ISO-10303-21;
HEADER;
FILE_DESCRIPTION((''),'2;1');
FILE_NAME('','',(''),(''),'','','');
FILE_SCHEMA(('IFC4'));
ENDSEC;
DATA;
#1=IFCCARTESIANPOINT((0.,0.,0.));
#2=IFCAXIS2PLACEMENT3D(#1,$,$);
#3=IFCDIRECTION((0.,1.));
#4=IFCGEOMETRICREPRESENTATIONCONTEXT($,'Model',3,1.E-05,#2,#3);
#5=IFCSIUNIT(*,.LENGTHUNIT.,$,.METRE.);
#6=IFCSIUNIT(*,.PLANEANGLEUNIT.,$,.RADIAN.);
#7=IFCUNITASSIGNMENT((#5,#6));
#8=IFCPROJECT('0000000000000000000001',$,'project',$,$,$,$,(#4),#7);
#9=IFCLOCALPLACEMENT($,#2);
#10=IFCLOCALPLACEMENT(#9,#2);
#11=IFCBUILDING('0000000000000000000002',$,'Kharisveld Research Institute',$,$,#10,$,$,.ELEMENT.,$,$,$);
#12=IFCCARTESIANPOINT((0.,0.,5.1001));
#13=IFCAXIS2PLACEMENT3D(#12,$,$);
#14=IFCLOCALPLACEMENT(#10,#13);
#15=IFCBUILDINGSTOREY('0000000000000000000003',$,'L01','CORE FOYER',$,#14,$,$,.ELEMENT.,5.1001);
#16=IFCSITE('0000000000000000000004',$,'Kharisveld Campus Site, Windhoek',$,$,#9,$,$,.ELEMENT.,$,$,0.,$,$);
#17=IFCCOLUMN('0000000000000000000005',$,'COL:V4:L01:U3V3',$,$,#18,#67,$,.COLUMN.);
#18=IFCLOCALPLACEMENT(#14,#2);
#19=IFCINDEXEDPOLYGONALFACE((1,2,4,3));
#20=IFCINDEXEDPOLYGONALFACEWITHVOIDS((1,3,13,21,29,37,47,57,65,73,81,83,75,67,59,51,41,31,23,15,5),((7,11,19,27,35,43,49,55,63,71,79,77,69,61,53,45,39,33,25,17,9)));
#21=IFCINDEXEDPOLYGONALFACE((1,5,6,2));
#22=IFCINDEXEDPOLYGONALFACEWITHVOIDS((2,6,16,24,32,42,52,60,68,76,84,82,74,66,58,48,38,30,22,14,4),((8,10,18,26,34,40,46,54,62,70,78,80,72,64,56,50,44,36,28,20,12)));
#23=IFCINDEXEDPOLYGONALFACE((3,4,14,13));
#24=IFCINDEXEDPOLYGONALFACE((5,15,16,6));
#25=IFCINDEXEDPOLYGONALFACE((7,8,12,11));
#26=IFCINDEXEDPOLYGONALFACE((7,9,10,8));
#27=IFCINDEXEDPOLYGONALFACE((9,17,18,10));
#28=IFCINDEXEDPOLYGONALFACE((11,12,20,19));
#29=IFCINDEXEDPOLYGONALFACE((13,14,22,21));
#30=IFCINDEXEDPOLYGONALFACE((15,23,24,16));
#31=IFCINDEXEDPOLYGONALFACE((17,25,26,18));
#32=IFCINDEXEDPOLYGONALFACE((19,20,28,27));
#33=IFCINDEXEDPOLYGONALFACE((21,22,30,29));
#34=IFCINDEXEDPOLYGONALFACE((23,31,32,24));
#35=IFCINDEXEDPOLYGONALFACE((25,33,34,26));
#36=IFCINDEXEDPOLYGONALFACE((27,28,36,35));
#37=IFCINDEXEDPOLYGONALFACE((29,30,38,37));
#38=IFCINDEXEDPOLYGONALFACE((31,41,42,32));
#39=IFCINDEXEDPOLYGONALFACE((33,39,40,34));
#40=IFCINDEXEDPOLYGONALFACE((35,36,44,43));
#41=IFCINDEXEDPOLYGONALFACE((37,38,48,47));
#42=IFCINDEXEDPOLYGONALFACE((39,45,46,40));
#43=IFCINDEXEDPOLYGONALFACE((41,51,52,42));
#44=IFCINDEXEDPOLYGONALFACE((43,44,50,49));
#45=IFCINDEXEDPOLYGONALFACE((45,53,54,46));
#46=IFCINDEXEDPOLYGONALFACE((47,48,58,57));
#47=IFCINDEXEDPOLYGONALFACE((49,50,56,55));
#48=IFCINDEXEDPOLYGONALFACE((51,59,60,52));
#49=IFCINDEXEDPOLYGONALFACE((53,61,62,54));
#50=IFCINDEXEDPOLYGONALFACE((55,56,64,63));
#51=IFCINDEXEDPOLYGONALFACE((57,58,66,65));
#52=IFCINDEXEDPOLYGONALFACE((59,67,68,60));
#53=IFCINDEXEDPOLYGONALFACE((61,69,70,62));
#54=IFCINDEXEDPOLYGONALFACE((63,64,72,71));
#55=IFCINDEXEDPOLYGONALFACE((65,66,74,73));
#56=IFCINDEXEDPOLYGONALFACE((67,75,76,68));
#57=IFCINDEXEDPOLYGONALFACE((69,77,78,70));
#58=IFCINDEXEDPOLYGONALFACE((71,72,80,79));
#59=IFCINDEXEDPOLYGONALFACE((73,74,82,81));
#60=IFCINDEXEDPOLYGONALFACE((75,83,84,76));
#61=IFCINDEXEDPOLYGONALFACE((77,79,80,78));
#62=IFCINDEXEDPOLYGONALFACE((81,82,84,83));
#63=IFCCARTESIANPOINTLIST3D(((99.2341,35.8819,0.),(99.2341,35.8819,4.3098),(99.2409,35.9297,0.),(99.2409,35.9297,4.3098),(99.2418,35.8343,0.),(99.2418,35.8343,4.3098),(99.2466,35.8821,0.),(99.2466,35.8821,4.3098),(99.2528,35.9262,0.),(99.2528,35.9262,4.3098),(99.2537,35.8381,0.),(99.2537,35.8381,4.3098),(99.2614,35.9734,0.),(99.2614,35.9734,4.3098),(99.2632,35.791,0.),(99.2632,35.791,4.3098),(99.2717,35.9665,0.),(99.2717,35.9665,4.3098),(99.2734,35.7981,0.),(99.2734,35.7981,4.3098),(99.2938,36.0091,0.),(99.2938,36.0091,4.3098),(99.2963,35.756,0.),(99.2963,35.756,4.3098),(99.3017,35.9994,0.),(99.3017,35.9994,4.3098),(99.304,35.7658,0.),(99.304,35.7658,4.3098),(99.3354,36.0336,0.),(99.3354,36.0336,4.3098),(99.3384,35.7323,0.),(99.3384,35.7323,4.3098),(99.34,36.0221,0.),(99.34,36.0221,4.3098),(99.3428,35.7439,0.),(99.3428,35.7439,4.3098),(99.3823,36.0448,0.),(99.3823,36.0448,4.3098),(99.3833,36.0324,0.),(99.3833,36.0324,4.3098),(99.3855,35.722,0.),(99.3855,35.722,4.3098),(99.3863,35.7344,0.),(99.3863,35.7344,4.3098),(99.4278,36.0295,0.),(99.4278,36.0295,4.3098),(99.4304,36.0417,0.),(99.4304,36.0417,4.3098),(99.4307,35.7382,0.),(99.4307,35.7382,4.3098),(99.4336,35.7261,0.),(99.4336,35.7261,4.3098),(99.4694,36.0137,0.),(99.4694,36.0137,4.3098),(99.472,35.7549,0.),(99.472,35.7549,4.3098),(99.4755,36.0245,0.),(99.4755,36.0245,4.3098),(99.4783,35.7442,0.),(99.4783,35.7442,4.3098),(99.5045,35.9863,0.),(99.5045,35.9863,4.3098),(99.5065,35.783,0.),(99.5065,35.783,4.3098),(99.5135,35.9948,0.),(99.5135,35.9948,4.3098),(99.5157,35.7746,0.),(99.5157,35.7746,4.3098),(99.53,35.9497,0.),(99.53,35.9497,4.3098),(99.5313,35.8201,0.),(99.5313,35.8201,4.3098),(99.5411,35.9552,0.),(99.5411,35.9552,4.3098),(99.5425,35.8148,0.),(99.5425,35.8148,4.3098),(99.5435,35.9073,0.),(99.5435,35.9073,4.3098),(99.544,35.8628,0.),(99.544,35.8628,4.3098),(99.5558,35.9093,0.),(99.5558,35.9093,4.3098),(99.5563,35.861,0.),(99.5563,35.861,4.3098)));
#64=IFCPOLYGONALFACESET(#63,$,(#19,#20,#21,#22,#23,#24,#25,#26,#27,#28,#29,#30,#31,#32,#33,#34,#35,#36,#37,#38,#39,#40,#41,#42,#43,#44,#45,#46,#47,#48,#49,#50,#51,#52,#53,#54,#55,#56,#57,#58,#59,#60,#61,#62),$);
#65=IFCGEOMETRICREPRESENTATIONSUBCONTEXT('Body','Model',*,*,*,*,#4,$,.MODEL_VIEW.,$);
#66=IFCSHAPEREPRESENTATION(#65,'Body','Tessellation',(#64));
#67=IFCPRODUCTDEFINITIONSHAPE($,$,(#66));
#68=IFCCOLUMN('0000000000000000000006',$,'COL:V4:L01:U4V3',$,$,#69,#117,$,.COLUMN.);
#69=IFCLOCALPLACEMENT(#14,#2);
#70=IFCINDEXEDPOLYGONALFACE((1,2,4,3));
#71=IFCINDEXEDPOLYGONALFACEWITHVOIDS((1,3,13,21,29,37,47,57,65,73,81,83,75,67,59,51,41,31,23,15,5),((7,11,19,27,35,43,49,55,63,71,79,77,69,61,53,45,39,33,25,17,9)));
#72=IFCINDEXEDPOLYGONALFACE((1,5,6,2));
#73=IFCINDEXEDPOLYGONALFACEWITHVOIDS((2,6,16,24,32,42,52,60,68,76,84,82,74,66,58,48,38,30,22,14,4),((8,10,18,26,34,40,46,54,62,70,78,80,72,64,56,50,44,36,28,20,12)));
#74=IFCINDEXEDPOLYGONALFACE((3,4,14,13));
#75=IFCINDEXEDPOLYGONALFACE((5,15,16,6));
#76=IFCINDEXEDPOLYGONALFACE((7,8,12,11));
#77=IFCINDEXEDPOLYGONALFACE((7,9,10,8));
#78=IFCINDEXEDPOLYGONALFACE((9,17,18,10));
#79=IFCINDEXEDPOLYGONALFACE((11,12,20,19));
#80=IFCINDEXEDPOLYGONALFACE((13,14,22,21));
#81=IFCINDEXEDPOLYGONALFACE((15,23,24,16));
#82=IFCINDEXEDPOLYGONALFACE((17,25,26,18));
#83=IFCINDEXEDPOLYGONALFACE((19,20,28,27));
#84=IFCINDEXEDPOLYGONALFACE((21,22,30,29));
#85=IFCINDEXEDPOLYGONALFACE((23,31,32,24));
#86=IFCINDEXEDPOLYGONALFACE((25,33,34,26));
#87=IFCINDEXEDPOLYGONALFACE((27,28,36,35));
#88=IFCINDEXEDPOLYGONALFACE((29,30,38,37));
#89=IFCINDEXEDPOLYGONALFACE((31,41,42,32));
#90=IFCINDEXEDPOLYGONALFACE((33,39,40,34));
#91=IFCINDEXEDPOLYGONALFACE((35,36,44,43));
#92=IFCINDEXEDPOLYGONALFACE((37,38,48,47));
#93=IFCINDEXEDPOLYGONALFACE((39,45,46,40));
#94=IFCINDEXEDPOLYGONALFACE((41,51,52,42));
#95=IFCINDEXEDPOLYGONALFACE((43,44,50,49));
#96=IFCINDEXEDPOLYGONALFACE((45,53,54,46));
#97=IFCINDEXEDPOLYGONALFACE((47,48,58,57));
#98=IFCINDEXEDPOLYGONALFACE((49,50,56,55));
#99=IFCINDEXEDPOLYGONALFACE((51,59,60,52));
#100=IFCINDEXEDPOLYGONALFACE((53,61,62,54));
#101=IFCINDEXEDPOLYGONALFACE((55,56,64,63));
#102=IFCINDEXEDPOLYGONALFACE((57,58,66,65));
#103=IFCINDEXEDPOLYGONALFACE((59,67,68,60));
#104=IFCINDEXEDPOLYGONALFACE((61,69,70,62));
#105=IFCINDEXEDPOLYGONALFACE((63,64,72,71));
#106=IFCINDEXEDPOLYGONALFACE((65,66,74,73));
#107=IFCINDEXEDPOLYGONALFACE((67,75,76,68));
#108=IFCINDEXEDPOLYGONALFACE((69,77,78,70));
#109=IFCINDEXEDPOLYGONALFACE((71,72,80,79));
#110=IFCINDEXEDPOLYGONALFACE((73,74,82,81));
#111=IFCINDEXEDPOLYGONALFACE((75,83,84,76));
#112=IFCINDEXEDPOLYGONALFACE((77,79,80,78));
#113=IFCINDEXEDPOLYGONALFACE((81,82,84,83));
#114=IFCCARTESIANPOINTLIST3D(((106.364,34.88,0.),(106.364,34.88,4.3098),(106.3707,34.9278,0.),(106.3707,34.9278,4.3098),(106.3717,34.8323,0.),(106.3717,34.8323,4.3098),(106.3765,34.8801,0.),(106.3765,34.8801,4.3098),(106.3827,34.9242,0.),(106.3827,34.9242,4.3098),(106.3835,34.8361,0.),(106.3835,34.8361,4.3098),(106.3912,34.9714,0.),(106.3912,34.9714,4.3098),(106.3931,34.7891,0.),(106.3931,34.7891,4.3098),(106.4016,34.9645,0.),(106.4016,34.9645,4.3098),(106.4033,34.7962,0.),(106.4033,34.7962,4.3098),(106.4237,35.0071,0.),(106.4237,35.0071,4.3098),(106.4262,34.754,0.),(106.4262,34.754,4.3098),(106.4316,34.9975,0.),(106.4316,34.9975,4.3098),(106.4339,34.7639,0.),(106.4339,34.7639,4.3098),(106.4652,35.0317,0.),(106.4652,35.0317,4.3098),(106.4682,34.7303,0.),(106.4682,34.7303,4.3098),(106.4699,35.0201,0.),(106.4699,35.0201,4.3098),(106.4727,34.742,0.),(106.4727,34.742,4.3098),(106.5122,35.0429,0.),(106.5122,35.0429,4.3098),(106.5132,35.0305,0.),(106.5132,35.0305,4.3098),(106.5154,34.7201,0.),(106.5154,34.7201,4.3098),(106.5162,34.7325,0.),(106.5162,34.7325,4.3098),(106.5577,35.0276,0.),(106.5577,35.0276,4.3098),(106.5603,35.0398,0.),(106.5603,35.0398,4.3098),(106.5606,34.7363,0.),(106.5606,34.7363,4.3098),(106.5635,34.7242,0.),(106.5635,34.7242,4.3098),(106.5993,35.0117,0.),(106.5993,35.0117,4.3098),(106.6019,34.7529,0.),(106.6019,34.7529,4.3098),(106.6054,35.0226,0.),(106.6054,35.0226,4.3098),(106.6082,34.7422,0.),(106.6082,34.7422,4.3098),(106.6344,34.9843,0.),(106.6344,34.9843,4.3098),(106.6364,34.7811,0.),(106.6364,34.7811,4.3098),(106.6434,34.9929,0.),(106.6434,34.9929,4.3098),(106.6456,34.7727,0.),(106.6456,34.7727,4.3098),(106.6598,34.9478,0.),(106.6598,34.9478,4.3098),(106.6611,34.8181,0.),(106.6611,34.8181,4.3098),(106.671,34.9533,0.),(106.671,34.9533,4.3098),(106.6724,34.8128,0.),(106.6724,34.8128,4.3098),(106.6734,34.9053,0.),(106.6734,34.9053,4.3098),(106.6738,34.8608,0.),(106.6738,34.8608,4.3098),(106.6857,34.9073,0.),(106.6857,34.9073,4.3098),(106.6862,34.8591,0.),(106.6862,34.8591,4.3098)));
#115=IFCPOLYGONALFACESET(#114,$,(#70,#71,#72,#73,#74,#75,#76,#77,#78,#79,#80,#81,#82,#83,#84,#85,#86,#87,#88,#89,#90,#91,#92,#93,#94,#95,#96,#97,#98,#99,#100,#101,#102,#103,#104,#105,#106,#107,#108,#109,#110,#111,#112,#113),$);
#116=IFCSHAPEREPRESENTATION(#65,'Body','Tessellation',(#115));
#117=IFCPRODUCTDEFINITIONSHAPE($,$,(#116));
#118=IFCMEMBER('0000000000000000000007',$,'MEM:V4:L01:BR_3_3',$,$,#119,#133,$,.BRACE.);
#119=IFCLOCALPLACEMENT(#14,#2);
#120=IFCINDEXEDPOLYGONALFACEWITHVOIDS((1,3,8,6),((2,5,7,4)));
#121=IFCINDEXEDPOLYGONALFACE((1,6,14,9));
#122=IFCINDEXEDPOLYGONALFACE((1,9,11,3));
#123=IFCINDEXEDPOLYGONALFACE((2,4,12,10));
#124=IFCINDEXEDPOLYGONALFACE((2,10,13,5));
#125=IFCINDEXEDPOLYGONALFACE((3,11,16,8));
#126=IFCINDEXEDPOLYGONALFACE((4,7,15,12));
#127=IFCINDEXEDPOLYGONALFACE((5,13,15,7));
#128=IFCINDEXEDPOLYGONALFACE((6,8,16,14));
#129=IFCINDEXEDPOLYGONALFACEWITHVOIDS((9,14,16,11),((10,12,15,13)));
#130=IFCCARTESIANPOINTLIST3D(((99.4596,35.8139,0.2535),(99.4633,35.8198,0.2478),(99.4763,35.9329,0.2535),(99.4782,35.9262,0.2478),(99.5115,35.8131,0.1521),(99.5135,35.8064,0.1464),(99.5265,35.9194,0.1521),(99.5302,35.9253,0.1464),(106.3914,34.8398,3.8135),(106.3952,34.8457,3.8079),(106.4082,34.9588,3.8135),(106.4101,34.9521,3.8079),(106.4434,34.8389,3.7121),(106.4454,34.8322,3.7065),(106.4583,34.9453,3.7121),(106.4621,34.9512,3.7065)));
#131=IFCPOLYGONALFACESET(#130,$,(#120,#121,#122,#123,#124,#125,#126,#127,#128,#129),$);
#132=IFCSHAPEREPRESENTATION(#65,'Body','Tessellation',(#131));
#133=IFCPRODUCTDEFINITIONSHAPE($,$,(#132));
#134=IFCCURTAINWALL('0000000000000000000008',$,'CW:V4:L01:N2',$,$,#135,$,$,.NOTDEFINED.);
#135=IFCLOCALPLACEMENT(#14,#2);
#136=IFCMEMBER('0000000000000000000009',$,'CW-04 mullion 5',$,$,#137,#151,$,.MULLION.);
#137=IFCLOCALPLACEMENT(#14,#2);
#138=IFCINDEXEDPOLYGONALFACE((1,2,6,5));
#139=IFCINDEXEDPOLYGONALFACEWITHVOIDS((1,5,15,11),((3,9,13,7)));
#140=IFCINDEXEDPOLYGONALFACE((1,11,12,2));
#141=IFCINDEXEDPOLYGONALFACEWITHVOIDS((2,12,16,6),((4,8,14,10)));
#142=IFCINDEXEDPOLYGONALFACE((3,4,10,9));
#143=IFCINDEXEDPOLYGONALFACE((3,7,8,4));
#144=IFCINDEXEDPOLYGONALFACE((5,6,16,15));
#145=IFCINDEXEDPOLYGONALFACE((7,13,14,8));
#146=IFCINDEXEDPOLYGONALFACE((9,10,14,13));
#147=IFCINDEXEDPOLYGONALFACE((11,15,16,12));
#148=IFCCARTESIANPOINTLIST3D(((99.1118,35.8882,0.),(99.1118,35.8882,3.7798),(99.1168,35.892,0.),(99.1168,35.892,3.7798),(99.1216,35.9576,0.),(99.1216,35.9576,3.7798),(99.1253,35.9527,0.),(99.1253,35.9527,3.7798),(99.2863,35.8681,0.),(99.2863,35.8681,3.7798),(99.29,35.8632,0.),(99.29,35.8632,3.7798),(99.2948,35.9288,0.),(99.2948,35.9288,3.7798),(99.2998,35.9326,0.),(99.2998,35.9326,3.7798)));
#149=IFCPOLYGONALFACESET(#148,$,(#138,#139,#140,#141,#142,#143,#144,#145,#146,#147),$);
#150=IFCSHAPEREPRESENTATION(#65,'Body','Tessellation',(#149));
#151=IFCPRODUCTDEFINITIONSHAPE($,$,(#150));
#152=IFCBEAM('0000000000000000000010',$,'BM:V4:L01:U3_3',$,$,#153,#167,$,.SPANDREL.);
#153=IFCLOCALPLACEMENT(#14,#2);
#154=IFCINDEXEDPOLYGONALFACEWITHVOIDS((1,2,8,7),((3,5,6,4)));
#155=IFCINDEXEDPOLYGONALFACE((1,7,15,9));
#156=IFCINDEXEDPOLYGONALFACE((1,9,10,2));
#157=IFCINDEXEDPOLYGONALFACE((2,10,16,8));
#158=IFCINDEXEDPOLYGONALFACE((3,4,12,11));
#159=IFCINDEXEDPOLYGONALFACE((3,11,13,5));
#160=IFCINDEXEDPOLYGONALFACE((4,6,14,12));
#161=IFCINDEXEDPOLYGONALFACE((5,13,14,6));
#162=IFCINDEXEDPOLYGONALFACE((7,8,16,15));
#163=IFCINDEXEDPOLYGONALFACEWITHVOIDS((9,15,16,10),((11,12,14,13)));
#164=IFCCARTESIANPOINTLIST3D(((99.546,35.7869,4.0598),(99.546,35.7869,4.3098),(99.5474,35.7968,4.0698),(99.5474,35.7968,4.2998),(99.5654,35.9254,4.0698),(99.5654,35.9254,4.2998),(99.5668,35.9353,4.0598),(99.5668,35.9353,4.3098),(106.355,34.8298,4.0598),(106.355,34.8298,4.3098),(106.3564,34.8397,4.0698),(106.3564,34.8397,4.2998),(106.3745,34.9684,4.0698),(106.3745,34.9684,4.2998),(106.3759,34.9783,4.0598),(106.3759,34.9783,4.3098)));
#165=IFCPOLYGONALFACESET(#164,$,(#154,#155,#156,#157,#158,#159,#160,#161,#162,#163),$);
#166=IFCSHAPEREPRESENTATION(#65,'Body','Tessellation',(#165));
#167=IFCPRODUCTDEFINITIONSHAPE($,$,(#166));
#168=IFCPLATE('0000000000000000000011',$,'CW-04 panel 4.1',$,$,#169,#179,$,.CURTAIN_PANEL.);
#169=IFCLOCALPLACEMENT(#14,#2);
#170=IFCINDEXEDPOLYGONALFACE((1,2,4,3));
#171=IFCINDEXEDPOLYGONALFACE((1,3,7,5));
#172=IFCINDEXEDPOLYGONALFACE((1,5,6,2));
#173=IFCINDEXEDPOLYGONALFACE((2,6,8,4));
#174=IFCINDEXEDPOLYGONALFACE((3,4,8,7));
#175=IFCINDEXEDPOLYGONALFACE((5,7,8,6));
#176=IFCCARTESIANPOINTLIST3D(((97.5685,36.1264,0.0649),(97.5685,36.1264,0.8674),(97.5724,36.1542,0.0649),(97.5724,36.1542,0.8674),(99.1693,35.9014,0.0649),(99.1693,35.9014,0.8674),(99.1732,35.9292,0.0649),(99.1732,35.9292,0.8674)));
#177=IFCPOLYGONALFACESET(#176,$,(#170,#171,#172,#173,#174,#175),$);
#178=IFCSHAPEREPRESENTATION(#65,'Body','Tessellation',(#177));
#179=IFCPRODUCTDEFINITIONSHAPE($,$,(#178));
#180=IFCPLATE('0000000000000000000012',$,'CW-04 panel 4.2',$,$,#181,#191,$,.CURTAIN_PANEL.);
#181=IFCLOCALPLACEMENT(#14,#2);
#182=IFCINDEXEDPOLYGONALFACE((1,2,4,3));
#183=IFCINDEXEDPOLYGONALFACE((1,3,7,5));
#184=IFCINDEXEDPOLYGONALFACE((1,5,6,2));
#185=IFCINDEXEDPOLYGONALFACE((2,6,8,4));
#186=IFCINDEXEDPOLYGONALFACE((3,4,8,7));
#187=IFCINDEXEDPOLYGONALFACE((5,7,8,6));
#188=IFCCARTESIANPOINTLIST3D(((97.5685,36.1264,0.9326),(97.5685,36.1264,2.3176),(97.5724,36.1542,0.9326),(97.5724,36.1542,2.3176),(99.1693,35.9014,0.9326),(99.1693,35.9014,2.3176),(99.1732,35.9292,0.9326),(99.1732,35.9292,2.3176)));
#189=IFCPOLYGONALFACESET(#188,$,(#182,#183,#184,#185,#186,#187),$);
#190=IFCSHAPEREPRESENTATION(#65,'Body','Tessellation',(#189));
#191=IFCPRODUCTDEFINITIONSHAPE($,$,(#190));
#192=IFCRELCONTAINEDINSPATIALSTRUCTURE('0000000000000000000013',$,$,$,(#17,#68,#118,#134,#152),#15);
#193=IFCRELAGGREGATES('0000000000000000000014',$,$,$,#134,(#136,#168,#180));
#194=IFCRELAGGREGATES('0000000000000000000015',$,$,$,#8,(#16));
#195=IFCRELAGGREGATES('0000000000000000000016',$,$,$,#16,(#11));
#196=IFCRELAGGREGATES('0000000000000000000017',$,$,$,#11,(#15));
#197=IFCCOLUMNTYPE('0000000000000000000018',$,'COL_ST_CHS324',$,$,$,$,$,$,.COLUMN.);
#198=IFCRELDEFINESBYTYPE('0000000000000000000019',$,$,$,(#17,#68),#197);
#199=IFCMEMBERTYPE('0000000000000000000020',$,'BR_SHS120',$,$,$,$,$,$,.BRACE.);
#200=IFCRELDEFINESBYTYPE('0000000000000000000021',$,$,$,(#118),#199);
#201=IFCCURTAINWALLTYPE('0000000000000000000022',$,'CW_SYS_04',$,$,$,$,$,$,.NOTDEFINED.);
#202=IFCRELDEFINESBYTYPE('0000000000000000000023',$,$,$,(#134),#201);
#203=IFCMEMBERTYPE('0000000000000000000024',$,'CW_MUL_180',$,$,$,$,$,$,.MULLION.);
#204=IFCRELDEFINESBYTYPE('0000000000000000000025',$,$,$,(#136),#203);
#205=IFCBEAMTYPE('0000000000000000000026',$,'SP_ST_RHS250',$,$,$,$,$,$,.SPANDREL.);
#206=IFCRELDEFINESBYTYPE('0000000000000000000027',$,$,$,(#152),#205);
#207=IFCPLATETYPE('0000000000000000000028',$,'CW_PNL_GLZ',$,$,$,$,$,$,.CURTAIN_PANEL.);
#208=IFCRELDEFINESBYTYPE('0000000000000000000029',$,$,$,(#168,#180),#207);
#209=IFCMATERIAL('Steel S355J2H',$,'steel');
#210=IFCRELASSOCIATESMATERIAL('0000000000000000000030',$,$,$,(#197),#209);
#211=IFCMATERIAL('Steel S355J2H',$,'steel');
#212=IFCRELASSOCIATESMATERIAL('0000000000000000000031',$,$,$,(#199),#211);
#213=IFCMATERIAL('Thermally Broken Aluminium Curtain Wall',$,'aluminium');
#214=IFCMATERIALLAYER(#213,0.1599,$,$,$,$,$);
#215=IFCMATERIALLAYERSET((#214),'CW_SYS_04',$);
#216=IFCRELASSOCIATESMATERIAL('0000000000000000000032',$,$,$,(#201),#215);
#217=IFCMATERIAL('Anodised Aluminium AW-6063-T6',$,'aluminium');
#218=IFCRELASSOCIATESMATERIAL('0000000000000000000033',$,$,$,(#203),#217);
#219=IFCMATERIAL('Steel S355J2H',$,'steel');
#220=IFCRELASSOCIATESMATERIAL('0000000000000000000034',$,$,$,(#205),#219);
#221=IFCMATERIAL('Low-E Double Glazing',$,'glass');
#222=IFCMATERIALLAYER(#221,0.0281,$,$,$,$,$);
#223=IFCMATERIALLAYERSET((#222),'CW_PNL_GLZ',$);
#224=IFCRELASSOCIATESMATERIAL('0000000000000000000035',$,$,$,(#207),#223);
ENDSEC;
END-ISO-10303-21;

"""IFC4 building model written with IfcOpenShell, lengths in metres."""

from ifc_helpers import new_model, si_unit, direction, frame, origin, origin_2d, place, context, subcontext, project, spatial, rectangle, hollow_rectangle, hollow_circle, extrude, material, layer, layer_set, material_profile, profile_set, type_object, element, aggregate, save


model = new_model("IFC4")

# Units and contexts
model_context = context("Model", 3, precision=1e-05, world=origin(), true_north=direction((0.0, 1.0)))
body_context = subcontext(model_context, "Body", "Model", "MODEL_VIEW")
ifc_project = project(units=[si_unit("LENGTHUNIT", "METRE"), si_unit("PLANEANGLEUNIT", "RADIAN")], contexts=[model_context])

# Site, building, storey
site_placement = place(None, origin())
site = spatial("IfcSite", under=ifc_project, at=site_placement, Name="Kharisveld Campus Site, Windhoek", CompositionType="ELEMENT", RefElevation=0.0)
building_placement = place(site_placement, origin())
building = spatial("IfcBuilding", under=site, at=building_placement, Name="Kharisveld Research Institute", CompositionType="ELEMENT")
storey_placement = place(building_placement, frame((0.0, 0.0, 5.1001)))
storey = spatial("IfcBuildingStorey", under=building, at=storey_placement, Name="L01", Description="CORE FOYER", CompositionType="ELEMENT", Elevation=5.1001)

# Columns
ifc_material_1 = material(Name="Steel S355J2H", Category="steel")
ifc_material_profile_1 = material_profile(ifc_material_1, hollow_circle(Radius=0.1619, WallThickness=0.0125, at=origin_2d()))
ifc_profile_set_1 = profile_set([ifc_material_profile_1], Name="Steel S355J2H")
column_type = type_object("IfcColumnType", Name="COL_ST_CHS324", PredefinedType="COLUMN", material=ifc_profile_set_1)
for number, where, z_axis, x_axis, name in (
    (1, (99.396, 35.8835, 0.0), (0.0, 0.0, 1.0), (0.990268, -0.139173, 0.0), "COL:V4:L01:U3V3"),
    (2, (106.5259, 34.8816, 0.0), (0.0, 0.0, 1.0), (0.990268, -0.139173, 0.0), "COL:V4:L01:U4V3"),
):
    element("IfcColumn", number, at=place(storey_placement, frame(where, z_axis=z_axis, x_axis=x_axis)), inside=storey, type_object=column_type, Name=name, PredefinedType="COLUMN", context=body_context, shape_type="SweptSolid", body=[
        extrude(hollow_circle(Radius=0.1619, WallThickness=0.0125, at=origin_2d()), origin(), (0.0, 0.0, 1.0), 4.3098),
    ])

# Member
ifc_material_2 = material(Name="Steel S355J2H", Category="steel")
ifc_material_profile_2 = material_profile(ifc_material_2, hollow_rectangle(XDim=0.1201, YDim=0.1201, WallThickness=0.0063, at=origin_2d()))
ifc_profile_set_2 = profile_set([ifc_material_profile_2], Name="Steel S355J2H")
member_type_1 = type_object("IfcMemberType", Name="BR_SHS120", PredefinedType="BRACE", material=ifc_profile_set_2)
member_1_placement = place(storey_placement, frame((99.4949, 35.8696, 0.2), z_axis=(0.882674, -0.12404, 0.453321), x_axis=(0.13916, 0.99027, 0.0)))
element("IfcMember", 3, at=member_1_placement, inside=storey, type_object=member_type_1, Name="MEM:V4:L01:BR_3_3", PredefinedType="BRACE", context=body_context, shape_type="SweptSolid", body=[
    extrude(hollow_rectangle(XDim=0.1201, YDim=0.1201, WallThickness=0.0063, at=origin_2d()), origin(), (0.0, 0.0, 1.0), 7.8533),
])

# Curtain wall, member
ifc_material_3 = material(Name="Thermally Broken Aluminium Curtain Wall", Category="aluminium")
ifc_layer_1 = layer(ifc_material_3, 0.1599)
ifc_layer_set_1 = layer_set([ifc_layer_1], Name="CW_SYS_04")
curtain_wall_type = type_object("IfcCurtainWallType", Name="CW_SYS_04", PredefinedType="NOTDEFINED", material=ifc_layer_set_1)
curtain_wall_placement = place(storey_placement, origin())
curtain_wall = element("IfcCurtainWall", 4, at=curtain_wall_placement, inside=storey, type_object=curtain_wall_type, Name="CW:V4:L01:N2", PredefinedType="NOTDEFINED")
ifc_material_4 = material(Name="Anodised Aluminium AW-6063-T6", Category="aluminium")
ifc_material_profile_3 = material_profile(ifc_material_4, hollow_rectangle(XDim=0.0701, YDim=0.1799, WallThickness=0.0044, at=origin_2d()))
ifc_profile_set_3 = profile_set([ifc_material_profile_3], Name="Anodised Aluminium AW-6063-T6")
member_type_2 = type_object("IfcMemberType", Name="CW_MUL_180", PredefinedType="MULLION", material=ifc_profile_set_3)
member_2_placement = place(storey_placement, frame((99.2058, 35.9104, 0.0), z_axis=(0.0, 0.0, 1.0), x_axis=(0.139173, 0.990268, 0.0)))
member_2 = element("IfcMember", 5, at=member_2_placement, type_object=member_type_2, Name="CW-04 mullion 5", PredefinedType="MULLION", context=body_context, shape_type="SweptSolid", body=[
    extrude(hollow_rectangle(XDim=0.0701, YDim=0.1799, WallThickness=0.0044, at=origin_2d()), origin(), (0.0, 0.0, 1.0), 3.7798),
])

# Beam
ifc_material_5 = material(Name="Steel S355J2H", Category="steel")
ifc_material_profile_4 = material_profile(ifc_material_5, hollow_rectangle(XDim=0.1499, YDim=0.25, WallThickness=0.01, at=origin_2d()))
ifc_profile_set_4 = profile_set([ifc_material_profile_4], Name="Steel S355J2H")
beam_type = type_object("IfcBeamType", Name="SP_ST_RHS250", PredefinedType="SPANDREL", material=ifc_profile_set_4)
beam_placement = place(storey_placement, frame((99.5564, 35.8611, 4.1848), z_axis=(0.990267, -0.139184, 0.0), x_axis=(0.139184, 0.990267, 0.0)))
element("IfcBeam", 6, at=beam_placement, inside=storey, type_object=beam_type, Name="BM:V4:L01:U3_3", PredefinedType="SPANDREL", context=body_context, shape_type="SweptSolid", body=[
    extrude(hollow_rectangle(XDim=0.1499, YDim=0.25, WallThickness=0.01, at=origin_2d()), origin(), (0.0, 0.0, 1.0), 6.876),
])

# Plates
ifc_material_6 = material(Name="Low-E Double Glazing", Category="glass")
ifc_layer_2 = layer(ifc_material_6, 0.0281)
ifc_layer_set_2 = layer_set([ifc_layer_2], Name="CW_PNL_GLZ")
plate_type_1 = type_object("IfcPlateType", Name="CW_PNL_GLZ", PredefinedType="CURTAIN_PANEL", material=ifc_layer_set_2)
plate_1_placement = place(storey_placement, frame((98.3708, 36.0278, 0.0649), z_axis=(0.0, 0.0, 1.0), x_axis=(0.990268, -0.139173, 0.0)))
plate_1 = element("IfcPlate", 7, at=plate_1_placement, type_object=plate_type_1, Name="CW-04 panel 4.1", PredefinedType="CURTAIN_PANEL", context=body_context, shape_type="SweptSolid", body=[
    extrude(rectangle(XDim=1.6165, YDim=0.0281, at=origin_2d()), origin(), (0.0, 0.0, 1.0), 0.8025),
])
plate_2_placement = place(storey_placement, frame((98.3708, 36.0278, 0.9326), z_axis=(0.0, 0.0, 1.0), x_axis=(0.990268, -0.139173, 0.0)))
plate_2 = element("IfcPlate", 8, at=plate_2_placement, type_object=plate_type_1, Name="CW-04 panel 4.2", PredefinedType="CURTAIN_PANEL", context=body_context, shape_type="SweptSolid", body=[
    extrude(rectangle(XDim=1.6165, YDim=0.0281, at=origin_2d()), origin(), (0.0, 0.0, 1.0), 1.385),
])
aggregate(curtain_wall, [member_2, plate_1, plate_2])

save(model, "model.ifc")
